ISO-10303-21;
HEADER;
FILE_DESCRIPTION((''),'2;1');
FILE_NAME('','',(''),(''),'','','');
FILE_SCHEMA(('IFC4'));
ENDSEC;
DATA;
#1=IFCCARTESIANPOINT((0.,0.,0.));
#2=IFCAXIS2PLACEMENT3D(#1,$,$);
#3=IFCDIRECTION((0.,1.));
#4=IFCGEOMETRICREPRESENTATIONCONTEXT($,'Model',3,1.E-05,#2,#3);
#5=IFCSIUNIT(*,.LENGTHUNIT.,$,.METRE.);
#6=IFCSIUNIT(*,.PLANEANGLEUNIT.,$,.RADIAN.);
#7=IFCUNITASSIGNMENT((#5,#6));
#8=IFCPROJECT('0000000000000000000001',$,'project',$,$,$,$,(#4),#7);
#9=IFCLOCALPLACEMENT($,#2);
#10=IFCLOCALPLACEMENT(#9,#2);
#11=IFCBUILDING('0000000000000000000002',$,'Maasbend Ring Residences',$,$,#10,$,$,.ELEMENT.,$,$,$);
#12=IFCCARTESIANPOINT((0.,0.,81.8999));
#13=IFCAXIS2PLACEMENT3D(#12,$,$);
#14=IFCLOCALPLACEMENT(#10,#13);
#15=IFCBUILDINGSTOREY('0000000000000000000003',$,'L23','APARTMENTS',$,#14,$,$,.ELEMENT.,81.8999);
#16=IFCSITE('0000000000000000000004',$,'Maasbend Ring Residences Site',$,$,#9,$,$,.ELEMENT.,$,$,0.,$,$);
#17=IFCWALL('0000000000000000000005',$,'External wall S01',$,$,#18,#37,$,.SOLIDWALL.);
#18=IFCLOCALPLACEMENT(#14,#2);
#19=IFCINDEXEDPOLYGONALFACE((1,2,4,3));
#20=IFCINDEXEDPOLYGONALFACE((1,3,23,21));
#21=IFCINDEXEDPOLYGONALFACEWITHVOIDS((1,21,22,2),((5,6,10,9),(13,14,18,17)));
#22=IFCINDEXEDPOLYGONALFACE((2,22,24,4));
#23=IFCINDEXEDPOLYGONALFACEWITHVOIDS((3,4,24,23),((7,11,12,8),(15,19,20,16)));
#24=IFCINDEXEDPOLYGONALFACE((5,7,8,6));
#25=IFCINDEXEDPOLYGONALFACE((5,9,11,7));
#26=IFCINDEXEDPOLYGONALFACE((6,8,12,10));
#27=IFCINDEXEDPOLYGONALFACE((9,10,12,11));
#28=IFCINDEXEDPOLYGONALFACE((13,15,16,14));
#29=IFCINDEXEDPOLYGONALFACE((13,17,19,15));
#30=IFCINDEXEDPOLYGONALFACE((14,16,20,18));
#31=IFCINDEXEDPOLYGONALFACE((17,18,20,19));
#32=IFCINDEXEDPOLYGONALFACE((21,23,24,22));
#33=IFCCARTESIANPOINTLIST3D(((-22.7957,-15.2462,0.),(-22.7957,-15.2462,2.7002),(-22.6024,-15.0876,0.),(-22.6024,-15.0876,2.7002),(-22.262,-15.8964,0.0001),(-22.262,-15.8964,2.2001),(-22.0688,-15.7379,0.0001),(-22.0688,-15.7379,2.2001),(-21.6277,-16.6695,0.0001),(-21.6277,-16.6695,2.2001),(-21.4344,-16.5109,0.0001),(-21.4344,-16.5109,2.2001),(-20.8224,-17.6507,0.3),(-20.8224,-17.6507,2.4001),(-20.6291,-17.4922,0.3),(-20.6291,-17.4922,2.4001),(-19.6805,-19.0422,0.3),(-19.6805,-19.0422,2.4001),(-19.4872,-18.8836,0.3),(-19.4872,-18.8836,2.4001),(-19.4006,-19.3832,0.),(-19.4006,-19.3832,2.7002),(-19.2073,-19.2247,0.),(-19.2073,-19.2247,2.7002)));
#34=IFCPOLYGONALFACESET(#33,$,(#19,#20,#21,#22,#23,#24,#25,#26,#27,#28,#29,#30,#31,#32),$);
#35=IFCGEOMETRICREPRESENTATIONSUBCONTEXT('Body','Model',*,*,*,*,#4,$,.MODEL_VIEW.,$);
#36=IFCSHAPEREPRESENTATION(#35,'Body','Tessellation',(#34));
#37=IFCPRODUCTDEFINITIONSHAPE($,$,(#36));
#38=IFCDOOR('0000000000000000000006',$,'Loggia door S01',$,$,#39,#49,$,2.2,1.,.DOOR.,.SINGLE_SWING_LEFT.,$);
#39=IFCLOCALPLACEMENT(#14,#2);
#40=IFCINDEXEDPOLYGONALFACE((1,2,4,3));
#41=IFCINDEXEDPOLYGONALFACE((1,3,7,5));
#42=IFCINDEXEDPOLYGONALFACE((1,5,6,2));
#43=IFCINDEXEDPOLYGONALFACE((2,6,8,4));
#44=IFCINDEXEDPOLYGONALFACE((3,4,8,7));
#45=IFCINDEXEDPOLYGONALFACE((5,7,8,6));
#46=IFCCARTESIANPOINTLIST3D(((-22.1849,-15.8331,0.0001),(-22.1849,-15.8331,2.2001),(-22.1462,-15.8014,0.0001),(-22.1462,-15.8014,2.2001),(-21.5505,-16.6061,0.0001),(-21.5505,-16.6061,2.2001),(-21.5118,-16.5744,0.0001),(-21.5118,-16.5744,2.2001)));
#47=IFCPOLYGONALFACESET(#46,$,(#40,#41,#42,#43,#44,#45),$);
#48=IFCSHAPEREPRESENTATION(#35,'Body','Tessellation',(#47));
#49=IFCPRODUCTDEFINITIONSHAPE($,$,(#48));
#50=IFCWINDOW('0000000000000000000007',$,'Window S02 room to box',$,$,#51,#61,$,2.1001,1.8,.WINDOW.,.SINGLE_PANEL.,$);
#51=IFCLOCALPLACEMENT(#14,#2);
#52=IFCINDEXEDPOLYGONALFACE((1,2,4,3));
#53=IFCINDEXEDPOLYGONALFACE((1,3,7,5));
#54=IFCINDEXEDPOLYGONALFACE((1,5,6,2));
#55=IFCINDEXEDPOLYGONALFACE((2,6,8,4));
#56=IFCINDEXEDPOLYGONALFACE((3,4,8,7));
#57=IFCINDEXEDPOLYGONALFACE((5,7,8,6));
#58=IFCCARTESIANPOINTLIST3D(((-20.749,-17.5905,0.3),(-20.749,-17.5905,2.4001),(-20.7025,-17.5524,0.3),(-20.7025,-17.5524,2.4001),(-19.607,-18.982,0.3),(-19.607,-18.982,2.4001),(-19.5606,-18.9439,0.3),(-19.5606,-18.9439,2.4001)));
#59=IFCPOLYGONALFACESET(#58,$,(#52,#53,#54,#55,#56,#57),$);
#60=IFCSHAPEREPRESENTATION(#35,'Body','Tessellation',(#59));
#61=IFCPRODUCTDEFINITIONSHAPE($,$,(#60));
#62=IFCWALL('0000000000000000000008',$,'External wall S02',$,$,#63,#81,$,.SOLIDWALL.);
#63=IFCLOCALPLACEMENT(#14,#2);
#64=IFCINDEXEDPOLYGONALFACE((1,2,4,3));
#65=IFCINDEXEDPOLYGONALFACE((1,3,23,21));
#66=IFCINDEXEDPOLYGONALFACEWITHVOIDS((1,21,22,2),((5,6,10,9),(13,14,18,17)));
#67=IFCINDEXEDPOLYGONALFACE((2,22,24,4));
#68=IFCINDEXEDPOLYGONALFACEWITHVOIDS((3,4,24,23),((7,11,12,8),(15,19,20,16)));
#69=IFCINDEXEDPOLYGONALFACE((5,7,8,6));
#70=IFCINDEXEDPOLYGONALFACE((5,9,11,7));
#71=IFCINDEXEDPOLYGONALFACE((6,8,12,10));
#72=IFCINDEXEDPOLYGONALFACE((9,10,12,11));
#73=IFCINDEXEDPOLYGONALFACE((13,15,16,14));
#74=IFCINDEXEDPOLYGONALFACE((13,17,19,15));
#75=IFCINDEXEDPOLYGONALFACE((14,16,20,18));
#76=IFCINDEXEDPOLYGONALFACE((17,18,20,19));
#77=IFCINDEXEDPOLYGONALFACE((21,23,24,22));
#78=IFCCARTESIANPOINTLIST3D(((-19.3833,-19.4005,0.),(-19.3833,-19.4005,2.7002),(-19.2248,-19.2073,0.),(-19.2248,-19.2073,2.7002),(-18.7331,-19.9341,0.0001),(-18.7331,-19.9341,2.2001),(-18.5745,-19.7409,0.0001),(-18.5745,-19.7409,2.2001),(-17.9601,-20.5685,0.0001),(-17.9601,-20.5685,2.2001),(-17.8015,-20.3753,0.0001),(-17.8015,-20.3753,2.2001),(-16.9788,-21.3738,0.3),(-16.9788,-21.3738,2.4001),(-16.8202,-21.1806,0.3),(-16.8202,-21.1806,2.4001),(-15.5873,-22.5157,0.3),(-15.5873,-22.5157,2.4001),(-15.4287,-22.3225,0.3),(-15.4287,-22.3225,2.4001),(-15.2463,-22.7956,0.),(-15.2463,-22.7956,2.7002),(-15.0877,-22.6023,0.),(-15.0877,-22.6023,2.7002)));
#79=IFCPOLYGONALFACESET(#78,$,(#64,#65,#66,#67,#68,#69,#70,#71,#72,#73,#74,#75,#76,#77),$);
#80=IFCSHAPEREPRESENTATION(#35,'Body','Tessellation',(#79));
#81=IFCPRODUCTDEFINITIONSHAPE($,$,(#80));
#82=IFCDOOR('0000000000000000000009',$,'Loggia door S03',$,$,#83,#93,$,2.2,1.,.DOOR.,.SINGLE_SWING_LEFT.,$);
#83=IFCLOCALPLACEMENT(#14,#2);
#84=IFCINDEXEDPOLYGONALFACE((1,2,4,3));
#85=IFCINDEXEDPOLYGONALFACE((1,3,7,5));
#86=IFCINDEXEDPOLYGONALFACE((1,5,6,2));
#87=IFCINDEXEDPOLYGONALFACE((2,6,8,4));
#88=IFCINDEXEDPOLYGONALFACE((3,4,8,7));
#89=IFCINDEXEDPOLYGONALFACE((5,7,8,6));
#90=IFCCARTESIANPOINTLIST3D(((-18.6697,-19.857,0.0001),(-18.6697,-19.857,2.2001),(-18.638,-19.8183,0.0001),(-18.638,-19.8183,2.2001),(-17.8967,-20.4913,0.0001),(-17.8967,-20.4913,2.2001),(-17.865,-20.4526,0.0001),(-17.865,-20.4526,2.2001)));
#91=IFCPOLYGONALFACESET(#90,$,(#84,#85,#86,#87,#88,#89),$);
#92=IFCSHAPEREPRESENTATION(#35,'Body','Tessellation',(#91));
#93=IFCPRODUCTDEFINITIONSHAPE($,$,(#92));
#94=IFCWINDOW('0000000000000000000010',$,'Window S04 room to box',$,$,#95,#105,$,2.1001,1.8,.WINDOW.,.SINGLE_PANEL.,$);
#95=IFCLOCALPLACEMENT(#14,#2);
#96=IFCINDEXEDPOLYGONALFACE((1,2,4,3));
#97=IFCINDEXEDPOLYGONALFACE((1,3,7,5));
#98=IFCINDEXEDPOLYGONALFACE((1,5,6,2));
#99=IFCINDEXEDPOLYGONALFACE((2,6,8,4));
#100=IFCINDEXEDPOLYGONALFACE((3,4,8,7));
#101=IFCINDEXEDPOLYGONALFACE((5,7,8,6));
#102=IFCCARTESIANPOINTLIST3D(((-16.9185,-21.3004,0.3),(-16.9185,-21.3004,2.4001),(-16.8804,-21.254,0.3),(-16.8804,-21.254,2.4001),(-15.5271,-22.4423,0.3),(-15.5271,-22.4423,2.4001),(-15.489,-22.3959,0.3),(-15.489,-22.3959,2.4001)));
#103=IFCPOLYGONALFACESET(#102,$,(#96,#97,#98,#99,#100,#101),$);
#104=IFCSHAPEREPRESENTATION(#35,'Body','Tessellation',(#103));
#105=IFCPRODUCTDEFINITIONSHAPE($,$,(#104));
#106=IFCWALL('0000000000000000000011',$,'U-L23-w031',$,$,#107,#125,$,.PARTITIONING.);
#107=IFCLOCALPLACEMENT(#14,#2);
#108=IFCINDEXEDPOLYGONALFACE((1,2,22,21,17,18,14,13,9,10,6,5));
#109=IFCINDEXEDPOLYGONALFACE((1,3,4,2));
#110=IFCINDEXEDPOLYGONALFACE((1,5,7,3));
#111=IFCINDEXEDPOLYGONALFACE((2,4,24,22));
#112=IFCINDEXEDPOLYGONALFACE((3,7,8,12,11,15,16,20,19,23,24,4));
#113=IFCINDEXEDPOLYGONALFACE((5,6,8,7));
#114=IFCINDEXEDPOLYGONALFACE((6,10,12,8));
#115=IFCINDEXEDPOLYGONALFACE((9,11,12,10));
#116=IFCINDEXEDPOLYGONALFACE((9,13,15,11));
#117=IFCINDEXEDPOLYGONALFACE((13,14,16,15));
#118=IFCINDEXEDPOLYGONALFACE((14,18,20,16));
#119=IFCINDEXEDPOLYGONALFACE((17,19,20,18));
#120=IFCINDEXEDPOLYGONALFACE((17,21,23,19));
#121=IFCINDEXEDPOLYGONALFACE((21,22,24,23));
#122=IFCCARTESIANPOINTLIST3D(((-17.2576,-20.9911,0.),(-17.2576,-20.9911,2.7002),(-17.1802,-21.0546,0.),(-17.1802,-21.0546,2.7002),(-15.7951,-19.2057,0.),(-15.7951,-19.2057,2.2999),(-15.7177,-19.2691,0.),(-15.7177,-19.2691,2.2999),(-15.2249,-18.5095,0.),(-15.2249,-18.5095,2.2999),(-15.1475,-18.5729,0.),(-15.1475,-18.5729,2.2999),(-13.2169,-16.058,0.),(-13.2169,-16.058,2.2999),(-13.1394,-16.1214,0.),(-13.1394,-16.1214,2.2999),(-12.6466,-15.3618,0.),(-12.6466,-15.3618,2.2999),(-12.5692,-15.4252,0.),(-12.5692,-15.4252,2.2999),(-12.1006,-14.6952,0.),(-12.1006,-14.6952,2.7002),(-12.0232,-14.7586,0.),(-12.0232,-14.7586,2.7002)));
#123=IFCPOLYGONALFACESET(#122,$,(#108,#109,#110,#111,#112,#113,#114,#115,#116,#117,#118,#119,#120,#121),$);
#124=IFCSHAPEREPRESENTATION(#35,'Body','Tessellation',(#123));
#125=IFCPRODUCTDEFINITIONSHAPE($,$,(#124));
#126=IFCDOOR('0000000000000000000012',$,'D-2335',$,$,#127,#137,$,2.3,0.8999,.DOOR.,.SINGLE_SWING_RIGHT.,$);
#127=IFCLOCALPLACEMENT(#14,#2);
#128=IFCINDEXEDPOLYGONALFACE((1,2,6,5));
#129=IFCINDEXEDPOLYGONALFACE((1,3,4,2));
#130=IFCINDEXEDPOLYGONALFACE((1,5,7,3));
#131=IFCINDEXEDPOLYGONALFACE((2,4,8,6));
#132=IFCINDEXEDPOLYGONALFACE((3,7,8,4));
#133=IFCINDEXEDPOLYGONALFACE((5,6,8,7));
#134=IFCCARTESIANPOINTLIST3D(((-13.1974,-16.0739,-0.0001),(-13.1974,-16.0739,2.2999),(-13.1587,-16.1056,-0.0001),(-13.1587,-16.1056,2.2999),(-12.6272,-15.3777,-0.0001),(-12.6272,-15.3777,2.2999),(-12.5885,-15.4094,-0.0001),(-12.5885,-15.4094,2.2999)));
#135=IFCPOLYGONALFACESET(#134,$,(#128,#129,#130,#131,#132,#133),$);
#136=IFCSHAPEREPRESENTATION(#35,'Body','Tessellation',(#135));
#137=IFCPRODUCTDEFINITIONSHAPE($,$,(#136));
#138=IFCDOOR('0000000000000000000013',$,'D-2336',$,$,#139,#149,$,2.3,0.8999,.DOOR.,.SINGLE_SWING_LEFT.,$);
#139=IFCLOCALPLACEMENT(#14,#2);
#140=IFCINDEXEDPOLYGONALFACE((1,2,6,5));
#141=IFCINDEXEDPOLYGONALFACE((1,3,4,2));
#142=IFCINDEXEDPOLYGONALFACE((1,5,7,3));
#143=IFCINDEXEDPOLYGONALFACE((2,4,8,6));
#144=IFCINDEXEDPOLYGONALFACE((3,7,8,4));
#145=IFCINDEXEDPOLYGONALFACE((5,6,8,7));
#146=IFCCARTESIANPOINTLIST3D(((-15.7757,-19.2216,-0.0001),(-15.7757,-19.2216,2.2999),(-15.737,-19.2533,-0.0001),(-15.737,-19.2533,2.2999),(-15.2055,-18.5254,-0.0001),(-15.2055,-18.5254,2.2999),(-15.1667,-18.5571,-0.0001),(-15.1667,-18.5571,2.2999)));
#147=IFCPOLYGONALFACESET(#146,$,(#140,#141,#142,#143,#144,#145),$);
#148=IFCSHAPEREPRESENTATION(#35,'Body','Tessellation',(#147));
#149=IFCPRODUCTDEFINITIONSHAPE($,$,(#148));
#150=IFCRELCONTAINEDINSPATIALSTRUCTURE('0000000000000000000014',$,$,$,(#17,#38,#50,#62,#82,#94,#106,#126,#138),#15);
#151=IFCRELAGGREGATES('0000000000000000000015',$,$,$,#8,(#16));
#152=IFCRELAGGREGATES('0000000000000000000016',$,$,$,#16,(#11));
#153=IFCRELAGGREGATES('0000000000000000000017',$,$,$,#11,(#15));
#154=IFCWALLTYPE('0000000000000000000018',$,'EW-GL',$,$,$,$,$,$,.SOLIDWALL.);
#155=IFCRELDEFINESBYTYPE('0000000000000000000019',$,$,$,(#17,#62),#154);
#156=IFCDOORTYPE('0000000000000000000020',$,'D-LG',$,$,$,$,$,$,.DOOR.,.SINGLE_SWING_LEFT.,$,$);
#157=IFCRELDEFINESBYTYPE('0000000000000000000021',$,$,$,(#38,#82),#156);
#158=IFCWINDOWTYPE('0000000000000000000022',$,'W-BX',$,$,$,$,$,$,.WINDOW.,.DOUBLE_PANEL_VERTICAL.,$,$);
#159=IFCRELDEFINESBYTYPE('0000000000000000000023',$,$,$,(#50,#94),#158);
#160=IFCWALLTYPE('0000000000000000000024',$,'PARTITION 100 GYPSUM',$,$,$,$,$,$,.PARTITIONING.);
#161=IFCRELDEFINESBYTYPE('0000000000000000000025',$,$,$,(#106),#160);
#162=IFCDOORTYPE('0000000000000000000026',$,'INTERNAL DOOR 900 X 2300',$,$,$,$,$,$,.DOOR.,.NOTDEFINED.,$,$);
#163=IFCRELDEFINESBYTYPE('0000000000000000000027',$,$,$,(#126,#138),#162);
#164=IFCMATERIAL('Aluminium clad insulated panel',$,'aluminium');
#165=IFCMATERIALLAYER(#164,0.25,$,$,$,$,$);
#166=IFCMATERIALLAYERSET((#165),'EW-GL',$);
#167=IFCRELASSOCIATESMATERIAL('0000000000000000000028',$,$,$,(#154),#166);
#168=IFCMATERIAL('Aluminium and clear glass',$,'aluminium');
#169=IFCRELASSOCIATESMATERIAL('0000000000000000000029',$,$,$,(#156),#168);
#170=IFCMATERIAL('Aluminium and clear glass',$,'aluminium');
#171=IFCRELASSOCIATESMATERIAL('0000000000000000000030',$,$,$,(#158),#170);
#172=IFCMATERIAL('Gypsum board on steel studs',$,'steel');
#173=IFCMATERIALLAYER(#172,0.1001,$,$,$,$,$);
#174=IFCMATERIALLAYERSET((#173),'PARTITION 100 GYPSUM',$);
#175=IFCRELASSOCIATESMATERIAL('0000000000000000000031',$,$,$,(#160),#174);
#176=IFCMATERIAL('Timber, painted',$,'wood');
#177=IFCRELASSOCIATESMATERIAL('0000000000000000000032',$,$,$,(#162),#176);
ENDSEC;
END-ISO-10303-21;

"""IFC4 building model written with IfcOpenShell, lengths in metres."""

from ifc_helpers import new_model, si_unit, direction, frame, frame_2d, origin, place, context, subcontext, project, spatial, rectangle, extrude, material, layer, layer_set, type_object, element, fill, save


model = new_model("IFC4")

# Units and contexts
model_context = context("Model", 3, precision=1e-05, world=origin(), true_north=direction((0.0, 1.0)))
body_context = subcontext(model_context, "Body", "Model", "MODEL_VIEW")
ifc_project = project(units=[si_unit("LENGTHUNIT", "METRE"), si_unit("PLANEANGLEUNIT", "RADIAN")], contexts=[model_context])

# Site, building, storey
site_placement = place(None, origin())
site = spatial("IfcSite", under=ifc_project, at=site_placement, Name="Maasbend Ring Residences Site", CompositionType="ELEMENT", RefElevation=0.0)
building_placement = place(site_placement, origin())
building = spatial("IfcBuilding", under=site, at=building_placement, Name="Maasbend Ring Residences", CompositionType="ELEMENT")
storey_placement = place(building_placement, frame((0.0, 0.0, 81.8999)))
storey = spatial("IfcBuildingStorey", under=building, at=storey_placement, Name="L23", Description="APARTMENTS", CompositionType="ELEMENT", Elevation=81.8999)

# Walls, openings, doors, windows
ifc_material_1 = material(Name="Aluminium clad insulated panel", Category="aluminium")
ifc_layer_1 = layer(ifc_material_1, 0.25)
ifc_layer_set_1 = layer_set([ifc_layer_1], Name="EW-GL")
wall_type_1 = type_object("IfcWallType", Name="EW-GL", PredefinedType="SOLIDWALL", material=ifc_layer_set_1)
wall_1_placement = place(storey_placement, frame((-22.699, -15.167, 0.0), z_axis=(0.0, 0.0, 1.0), x_axis=(0.634382, -0.773019, 0.0)))
wall_1 = element("IfcWall", 1, at=wall_1_placement, inside=storey, type_object=wall_type_1, Name="External wall S01", PredefinedType="SOLIDWALL", context=body_context, shape_type="SweptSolid", body=[
    extrude(rectangle(XDim=5.3518, YDim=0.25, at=frame_2d((2.6758, 0.0))), origin(), (0.0, 0.0, 1.0), 2.7002),
])
opening_1_placement = place(wall_1_placement, frame((0.8411, 0.0, 0.0)))
opening_1 = element("IfcOpeningElement", 2, at=opening_1_placement, cuts=wall_1, PredefinedType="OPENING", context=body_context, shape_type="SweptSolid", body=[
    extrude(rectangle(XDim=1.0, YDim=2.2, at=frame_2d((0.5, 1.1001))), frame((0.0, 0.135, 0.0), z_axis=(0.0, -1.0, 0.0), x_axis=(1.0, 0.0, 0.0)), (0.0, 0.0, 1.0), 0.27),
])
opening_2_placement = place(wall_1_placement, frame((3.1106, 0.0, 0.3)))
opening_2 = element("IfcOpeningElement", 3, at=opening_2_placement, cuts=wall_1, PredefinedType="OPENING", context=body_context, shape_type="SweptSolid", body=[
    extrude(rectangle(XDim=1.8, YDim=2.1001, at=frame_2d((0.8999, 1.05))), frame((0.0, 0.135, 0.0), z_axis=(0.0, -1.0, 0.0), x_axis=(1.0, 0.0, 0.0)), (0.0, 0.0, 1.0), 0.27),
])
ifc_material_2 = material(Name="Aluminium and clear glass", Category="aluminium")
door_type_1 = type_object("IfcDoorType", Name="D-LG", OperationType="SINGLE_SWING_LEFT", PredefinedType="DOOR", material=ifc_material_2)
door_1_placement = place(opening_1_placement, origin())
door_1 = element("IfcDoor", 4, at=door_1_placement, inside=storey, type_object=door_type_1, Name="Loggia door S01", OperationType="SINGLE_SWING_LEFT", OverallHeight=2.2, OverallWidth=1.0, PredefinedType="DOOR", context=body_context, shape_type="SweptSolid", body=[
    extrude(rectangle(XDim=1.0, YDim=2.2, at=frame_2d((0.5, 1.1001))), frame((0.0, 0.0249, 0.0), z_axis=(0.0, -1.0, 0.0), x_axis=(1.0, 0.0, 0.0)), (0.0, 0.0, 1.0), 0.05),
])
fill(opening_1, door_1)
ifc_material_3 = material(Name="Aluminium and clear glass", Category="aluminium")
window_type_1 = type_object("IfcWindowType", Name="W-BX", PartitioningType="DOUBLE_PANEL_VERTICAL", PredefinedType="WINDOW", material=ifc_material_3)
window_1_placement = place(opening_2_placement, origin())
window_1 = element("IfcWindow", 5, at=window_1_placement, inside=storey, type_object=window_type_1, Name="Window S02 room to box", OverallHeight=2.1001, OverallWidth=1.8, PartitioningType="SINGLE_PANEL", PredefinedType="WINDOW", context=body_context, shape_type="SweptSolid", body=[
    extrude(rectangle(XDim=1.8, YDim=2.1001, at=frame_2d((0.8999, 1.05))), frame((0.0, 0.03, 0.0), z_axis=(0.0, -1.0, 0.0), x_axis=(1.0, 0.0, 0.0)), (0.0, 0.0, 1.0), 0.0601),
])
fill(opening_2, window_1)
wall_2_placement = place(storey_placement, frame((-19.304, -19.304, 0.0), z_axis=(0.0, 0.0, 1.0), x_axis=(0.773019, -0.634382, 0.0)))
wall_2 = element("IfcWall", 6, at=wall_2_placement, inside=storey, type_object=wall_type_1, Name="External wall S02", PredefinedType="SOLIDWALL", context=body_context, shape_type="SweptSolid", body=[
    extrude(rectangle(XDim=5.3518, YDim=0.25, at=frame_2d((2.6758, 0.0))), origin(), (0.0, 0.0, 1.0), 2.7002),
])
opening_3_placement = place(wall_2_placement, frame((0.8411, 0.0, 0.0)))
opening_3 = element("IfcOpeningElement", 7, at=opening_3_placement, cuts=wall_2, PredefinedType="OPENING", context=body_context, shape_type="SweptSolid", body=[
    extrude(rectangle(XDim=1.0, YDim=2.2, at=frame_2d((0.5, 1.1001))), frame((0.0, 0.135, 0.0), z_axis=(0.0, -1.0, 0.0), x_axis=(1.0, 0.0, 0.0)), (0.0, 0.0, 1.0), 0.27),
])
opening_4_placement = place(wall_2_placement, frame((3.1106, 0.0, 0.3)))
opening_4 = element("IfcOpeningElement", 8, at=opening_4_placement, cuts=wall_2, PredefinedType="OPENING", context=body_context, shape_type="SweptSolid", body=[
    extrude(rectangle(XDim=1.8, YDim=2.1001, at=frame_2d((0.8999, 1.05))), frame((0.0, 0.135, 0.0), z_axis=(0.0, -1.0, 0.0), x_axis=(1.0, 0.0, 0.0)), (0.0, 0.0, 1.0), 0.27),
])
door_2_placement = place(opening_3_placement, origin())
door_2 = element("IfcDoor", 9, at=door_2_placement, inside=storey, type_object=door_type_1, Name="Loggia door S03", OperationType="SINGLE_SWING_LEFT", OverallHeight=2.2, OverallWidth=1.0, PredefinedType="DOOR", context=body_context, shape_type="SweptSolid", body=[
    extrude(rectangle(XDim=1.0, YDim=2.2, at=frame_2d((0.5, 1.1001))), frame((0.0, 0.0249, 0.0), z_axis=(0.0, -1.0, 0.0), x_axis=(1.0, 0.0, 0.0)), (0.0, 0.0, 1.0), 0.05),
])
fill(opening_3, door_2)
window_2_placement = place(opening_4_placement, origin())
window_2 = element("IfcWindow", 10, at=window_2_placement, inside=storey, type_object=window_type_1, Name="Window S04 room to box", OverallHeight=2.1001, OverallWidth=1.8, PartitioningType="SINGLE_PANEL", PredefinedType="WINDOW", context=body_context, shape_type="SweptSolid", body=[
    extrude(rectangle(XDim=1.8, YDim=2.1001, at=frame_2d((0.8999, 1.05))), frame((0.0, 0.03, 0.0), z_axis=(0.0, -1.0, 0.0), x_axis=(1.0, 0.0, 0.0)), (0.0, 0.0, 1.0), 0.0601),
])
fill(opening_4, window_2)

# Wall, openings, doors
ifc_material_4 = material(Name="Gypsum board on steel studs", Category="steel")
ifc_layer_2 = layer(ifc_material_4, 0.1001)
ifc_layer_set_2 = layer_set([ifc_layer_2], Name="PARTITION 100 GYPSUM")
wall_type_2 = type_object("IfcWallType", Name="PARTITION 100 GYPSUM", PredefinedType="PARTITIONING", material=ifc_layer_set_2)
wall_3_placement = place(storey_placement, frame((-17.219, -21.0229, 0.0), z_axis=(0.0, 0.0, 1.0), x_axis=(0.633664, 0.773608, 0.0)))
wall_3 = element("IfcWall", 11, at=wall_3_placement, inside=storey, type_object=wall_type_2, Name="U-L23-w031", PredefinedType="PARTITIONING", context=body_context, shape_type="SweptSolid", body=[
    extrude(rectangle(XDim=8.1384, YDim=0.1001, at=frame_2d((4.0693, 0.0))), origin(), (0.0, 0.0, 1.0), 2.7002),
])
opening_5_placement = place(wall_3_placement, frame((6.377, 0.0, 0.0)))
opening_5 = element("IfcOpeningElement", 12, at=opening_5_placement, cuts=wall_3, PredefinedType="OPENING", context=body_context, shape_type="SweptSolid", body=[
    extrude(rectangle(XDim=0.8999, YDim=2.3, at=frame_2d((0.45, 1.1499))), frame((0.0, 0.0601, 0.0), z_axis=(0.0, -1.0, 0.0), x_axis=(1.0, 0.0, 0.0)), (0.0, 0.0, 1.0), 0.1201),
])
opening_6_placement = place(wall_3_placement, frame((2.3081, 0.0, 0.0)))
opening_6 = element("IfcOpeningElement", 13, at=opening_6_placement, cuts=wall_3, PredefinedType="OPENING", context=body_context, shape_type="SweptSolid", body=[
    extrude(rectangle(XDim=0.8999, YDim=2.3, at=frame_2d((0.45, 1.1499))), frame((0.0, 0.0601, 0.0), z_axis=(0.0, -1.0, 0.0), x_axis=(1.0, 0.0, 0.0)), (0.0, 0.0, 1.0), 0.1201),
])
ifc_material_5 = material(Name="Timber, painted", Category="wood")
door_type_2 = type_object("IfcDoorType", Name="INTERNAL DOOR 900 X 2300", OperationType="NOTDEFINED", PredefinedType="DOOR", material=ifc_material_5)
door_3_placement = place(opening_5_placement, origin())
door_3 = element("IfcDoor", 14, at=door_3_placement, inside=storey, type_object=door_type_2, Name="D-2335", OperationType="SINGLE_SWING_RIGHT", OverallHeight=2.3, OverallWidth=0.8999, PredefinedType="DOOR", context=body_context, shape_type="SweptSolid", body=[
    extrude(rectangle(XDim=0.8999, YDim=2.3, at=frame_2d((0.45, 1.1499))), frame((0.0, 0.0249, 0.0), z_axis=(0.0, -1.0, 0.0), x_axis=(1.0, 0.0, 0.0)), (0.0, 0.0, 1.0), 0.05),
])
fill(opening_5, door_3)
door_4_placement = place(opening_6_placement, origin())
door_4 = element("IfcDoor", 15, at=door_4_placement, inside=storey, type_object=door_type_2, Name="D-2336", OperationType="SINGLE_SWING_LEFT", OverallHeight=2.3, OverallWidth=0.8999, PredefinedType="DOOR", context=body_context, shape_type="SweptSolid", body=[
    extrude(rectangle(XDim=0.8999, YDim=2.3, at=frame_2d((0.45, 1.1499))), frame((0.0, 0.0249, 0.0), z_axis=(0.0, -1.0, 0.0), x_axis=(1.0, 0.0, 0.0)), (0.0, 0.0, 1.0), 0.05),
])
fill(opening_6, door_4)

save(model, "model.ifc")
